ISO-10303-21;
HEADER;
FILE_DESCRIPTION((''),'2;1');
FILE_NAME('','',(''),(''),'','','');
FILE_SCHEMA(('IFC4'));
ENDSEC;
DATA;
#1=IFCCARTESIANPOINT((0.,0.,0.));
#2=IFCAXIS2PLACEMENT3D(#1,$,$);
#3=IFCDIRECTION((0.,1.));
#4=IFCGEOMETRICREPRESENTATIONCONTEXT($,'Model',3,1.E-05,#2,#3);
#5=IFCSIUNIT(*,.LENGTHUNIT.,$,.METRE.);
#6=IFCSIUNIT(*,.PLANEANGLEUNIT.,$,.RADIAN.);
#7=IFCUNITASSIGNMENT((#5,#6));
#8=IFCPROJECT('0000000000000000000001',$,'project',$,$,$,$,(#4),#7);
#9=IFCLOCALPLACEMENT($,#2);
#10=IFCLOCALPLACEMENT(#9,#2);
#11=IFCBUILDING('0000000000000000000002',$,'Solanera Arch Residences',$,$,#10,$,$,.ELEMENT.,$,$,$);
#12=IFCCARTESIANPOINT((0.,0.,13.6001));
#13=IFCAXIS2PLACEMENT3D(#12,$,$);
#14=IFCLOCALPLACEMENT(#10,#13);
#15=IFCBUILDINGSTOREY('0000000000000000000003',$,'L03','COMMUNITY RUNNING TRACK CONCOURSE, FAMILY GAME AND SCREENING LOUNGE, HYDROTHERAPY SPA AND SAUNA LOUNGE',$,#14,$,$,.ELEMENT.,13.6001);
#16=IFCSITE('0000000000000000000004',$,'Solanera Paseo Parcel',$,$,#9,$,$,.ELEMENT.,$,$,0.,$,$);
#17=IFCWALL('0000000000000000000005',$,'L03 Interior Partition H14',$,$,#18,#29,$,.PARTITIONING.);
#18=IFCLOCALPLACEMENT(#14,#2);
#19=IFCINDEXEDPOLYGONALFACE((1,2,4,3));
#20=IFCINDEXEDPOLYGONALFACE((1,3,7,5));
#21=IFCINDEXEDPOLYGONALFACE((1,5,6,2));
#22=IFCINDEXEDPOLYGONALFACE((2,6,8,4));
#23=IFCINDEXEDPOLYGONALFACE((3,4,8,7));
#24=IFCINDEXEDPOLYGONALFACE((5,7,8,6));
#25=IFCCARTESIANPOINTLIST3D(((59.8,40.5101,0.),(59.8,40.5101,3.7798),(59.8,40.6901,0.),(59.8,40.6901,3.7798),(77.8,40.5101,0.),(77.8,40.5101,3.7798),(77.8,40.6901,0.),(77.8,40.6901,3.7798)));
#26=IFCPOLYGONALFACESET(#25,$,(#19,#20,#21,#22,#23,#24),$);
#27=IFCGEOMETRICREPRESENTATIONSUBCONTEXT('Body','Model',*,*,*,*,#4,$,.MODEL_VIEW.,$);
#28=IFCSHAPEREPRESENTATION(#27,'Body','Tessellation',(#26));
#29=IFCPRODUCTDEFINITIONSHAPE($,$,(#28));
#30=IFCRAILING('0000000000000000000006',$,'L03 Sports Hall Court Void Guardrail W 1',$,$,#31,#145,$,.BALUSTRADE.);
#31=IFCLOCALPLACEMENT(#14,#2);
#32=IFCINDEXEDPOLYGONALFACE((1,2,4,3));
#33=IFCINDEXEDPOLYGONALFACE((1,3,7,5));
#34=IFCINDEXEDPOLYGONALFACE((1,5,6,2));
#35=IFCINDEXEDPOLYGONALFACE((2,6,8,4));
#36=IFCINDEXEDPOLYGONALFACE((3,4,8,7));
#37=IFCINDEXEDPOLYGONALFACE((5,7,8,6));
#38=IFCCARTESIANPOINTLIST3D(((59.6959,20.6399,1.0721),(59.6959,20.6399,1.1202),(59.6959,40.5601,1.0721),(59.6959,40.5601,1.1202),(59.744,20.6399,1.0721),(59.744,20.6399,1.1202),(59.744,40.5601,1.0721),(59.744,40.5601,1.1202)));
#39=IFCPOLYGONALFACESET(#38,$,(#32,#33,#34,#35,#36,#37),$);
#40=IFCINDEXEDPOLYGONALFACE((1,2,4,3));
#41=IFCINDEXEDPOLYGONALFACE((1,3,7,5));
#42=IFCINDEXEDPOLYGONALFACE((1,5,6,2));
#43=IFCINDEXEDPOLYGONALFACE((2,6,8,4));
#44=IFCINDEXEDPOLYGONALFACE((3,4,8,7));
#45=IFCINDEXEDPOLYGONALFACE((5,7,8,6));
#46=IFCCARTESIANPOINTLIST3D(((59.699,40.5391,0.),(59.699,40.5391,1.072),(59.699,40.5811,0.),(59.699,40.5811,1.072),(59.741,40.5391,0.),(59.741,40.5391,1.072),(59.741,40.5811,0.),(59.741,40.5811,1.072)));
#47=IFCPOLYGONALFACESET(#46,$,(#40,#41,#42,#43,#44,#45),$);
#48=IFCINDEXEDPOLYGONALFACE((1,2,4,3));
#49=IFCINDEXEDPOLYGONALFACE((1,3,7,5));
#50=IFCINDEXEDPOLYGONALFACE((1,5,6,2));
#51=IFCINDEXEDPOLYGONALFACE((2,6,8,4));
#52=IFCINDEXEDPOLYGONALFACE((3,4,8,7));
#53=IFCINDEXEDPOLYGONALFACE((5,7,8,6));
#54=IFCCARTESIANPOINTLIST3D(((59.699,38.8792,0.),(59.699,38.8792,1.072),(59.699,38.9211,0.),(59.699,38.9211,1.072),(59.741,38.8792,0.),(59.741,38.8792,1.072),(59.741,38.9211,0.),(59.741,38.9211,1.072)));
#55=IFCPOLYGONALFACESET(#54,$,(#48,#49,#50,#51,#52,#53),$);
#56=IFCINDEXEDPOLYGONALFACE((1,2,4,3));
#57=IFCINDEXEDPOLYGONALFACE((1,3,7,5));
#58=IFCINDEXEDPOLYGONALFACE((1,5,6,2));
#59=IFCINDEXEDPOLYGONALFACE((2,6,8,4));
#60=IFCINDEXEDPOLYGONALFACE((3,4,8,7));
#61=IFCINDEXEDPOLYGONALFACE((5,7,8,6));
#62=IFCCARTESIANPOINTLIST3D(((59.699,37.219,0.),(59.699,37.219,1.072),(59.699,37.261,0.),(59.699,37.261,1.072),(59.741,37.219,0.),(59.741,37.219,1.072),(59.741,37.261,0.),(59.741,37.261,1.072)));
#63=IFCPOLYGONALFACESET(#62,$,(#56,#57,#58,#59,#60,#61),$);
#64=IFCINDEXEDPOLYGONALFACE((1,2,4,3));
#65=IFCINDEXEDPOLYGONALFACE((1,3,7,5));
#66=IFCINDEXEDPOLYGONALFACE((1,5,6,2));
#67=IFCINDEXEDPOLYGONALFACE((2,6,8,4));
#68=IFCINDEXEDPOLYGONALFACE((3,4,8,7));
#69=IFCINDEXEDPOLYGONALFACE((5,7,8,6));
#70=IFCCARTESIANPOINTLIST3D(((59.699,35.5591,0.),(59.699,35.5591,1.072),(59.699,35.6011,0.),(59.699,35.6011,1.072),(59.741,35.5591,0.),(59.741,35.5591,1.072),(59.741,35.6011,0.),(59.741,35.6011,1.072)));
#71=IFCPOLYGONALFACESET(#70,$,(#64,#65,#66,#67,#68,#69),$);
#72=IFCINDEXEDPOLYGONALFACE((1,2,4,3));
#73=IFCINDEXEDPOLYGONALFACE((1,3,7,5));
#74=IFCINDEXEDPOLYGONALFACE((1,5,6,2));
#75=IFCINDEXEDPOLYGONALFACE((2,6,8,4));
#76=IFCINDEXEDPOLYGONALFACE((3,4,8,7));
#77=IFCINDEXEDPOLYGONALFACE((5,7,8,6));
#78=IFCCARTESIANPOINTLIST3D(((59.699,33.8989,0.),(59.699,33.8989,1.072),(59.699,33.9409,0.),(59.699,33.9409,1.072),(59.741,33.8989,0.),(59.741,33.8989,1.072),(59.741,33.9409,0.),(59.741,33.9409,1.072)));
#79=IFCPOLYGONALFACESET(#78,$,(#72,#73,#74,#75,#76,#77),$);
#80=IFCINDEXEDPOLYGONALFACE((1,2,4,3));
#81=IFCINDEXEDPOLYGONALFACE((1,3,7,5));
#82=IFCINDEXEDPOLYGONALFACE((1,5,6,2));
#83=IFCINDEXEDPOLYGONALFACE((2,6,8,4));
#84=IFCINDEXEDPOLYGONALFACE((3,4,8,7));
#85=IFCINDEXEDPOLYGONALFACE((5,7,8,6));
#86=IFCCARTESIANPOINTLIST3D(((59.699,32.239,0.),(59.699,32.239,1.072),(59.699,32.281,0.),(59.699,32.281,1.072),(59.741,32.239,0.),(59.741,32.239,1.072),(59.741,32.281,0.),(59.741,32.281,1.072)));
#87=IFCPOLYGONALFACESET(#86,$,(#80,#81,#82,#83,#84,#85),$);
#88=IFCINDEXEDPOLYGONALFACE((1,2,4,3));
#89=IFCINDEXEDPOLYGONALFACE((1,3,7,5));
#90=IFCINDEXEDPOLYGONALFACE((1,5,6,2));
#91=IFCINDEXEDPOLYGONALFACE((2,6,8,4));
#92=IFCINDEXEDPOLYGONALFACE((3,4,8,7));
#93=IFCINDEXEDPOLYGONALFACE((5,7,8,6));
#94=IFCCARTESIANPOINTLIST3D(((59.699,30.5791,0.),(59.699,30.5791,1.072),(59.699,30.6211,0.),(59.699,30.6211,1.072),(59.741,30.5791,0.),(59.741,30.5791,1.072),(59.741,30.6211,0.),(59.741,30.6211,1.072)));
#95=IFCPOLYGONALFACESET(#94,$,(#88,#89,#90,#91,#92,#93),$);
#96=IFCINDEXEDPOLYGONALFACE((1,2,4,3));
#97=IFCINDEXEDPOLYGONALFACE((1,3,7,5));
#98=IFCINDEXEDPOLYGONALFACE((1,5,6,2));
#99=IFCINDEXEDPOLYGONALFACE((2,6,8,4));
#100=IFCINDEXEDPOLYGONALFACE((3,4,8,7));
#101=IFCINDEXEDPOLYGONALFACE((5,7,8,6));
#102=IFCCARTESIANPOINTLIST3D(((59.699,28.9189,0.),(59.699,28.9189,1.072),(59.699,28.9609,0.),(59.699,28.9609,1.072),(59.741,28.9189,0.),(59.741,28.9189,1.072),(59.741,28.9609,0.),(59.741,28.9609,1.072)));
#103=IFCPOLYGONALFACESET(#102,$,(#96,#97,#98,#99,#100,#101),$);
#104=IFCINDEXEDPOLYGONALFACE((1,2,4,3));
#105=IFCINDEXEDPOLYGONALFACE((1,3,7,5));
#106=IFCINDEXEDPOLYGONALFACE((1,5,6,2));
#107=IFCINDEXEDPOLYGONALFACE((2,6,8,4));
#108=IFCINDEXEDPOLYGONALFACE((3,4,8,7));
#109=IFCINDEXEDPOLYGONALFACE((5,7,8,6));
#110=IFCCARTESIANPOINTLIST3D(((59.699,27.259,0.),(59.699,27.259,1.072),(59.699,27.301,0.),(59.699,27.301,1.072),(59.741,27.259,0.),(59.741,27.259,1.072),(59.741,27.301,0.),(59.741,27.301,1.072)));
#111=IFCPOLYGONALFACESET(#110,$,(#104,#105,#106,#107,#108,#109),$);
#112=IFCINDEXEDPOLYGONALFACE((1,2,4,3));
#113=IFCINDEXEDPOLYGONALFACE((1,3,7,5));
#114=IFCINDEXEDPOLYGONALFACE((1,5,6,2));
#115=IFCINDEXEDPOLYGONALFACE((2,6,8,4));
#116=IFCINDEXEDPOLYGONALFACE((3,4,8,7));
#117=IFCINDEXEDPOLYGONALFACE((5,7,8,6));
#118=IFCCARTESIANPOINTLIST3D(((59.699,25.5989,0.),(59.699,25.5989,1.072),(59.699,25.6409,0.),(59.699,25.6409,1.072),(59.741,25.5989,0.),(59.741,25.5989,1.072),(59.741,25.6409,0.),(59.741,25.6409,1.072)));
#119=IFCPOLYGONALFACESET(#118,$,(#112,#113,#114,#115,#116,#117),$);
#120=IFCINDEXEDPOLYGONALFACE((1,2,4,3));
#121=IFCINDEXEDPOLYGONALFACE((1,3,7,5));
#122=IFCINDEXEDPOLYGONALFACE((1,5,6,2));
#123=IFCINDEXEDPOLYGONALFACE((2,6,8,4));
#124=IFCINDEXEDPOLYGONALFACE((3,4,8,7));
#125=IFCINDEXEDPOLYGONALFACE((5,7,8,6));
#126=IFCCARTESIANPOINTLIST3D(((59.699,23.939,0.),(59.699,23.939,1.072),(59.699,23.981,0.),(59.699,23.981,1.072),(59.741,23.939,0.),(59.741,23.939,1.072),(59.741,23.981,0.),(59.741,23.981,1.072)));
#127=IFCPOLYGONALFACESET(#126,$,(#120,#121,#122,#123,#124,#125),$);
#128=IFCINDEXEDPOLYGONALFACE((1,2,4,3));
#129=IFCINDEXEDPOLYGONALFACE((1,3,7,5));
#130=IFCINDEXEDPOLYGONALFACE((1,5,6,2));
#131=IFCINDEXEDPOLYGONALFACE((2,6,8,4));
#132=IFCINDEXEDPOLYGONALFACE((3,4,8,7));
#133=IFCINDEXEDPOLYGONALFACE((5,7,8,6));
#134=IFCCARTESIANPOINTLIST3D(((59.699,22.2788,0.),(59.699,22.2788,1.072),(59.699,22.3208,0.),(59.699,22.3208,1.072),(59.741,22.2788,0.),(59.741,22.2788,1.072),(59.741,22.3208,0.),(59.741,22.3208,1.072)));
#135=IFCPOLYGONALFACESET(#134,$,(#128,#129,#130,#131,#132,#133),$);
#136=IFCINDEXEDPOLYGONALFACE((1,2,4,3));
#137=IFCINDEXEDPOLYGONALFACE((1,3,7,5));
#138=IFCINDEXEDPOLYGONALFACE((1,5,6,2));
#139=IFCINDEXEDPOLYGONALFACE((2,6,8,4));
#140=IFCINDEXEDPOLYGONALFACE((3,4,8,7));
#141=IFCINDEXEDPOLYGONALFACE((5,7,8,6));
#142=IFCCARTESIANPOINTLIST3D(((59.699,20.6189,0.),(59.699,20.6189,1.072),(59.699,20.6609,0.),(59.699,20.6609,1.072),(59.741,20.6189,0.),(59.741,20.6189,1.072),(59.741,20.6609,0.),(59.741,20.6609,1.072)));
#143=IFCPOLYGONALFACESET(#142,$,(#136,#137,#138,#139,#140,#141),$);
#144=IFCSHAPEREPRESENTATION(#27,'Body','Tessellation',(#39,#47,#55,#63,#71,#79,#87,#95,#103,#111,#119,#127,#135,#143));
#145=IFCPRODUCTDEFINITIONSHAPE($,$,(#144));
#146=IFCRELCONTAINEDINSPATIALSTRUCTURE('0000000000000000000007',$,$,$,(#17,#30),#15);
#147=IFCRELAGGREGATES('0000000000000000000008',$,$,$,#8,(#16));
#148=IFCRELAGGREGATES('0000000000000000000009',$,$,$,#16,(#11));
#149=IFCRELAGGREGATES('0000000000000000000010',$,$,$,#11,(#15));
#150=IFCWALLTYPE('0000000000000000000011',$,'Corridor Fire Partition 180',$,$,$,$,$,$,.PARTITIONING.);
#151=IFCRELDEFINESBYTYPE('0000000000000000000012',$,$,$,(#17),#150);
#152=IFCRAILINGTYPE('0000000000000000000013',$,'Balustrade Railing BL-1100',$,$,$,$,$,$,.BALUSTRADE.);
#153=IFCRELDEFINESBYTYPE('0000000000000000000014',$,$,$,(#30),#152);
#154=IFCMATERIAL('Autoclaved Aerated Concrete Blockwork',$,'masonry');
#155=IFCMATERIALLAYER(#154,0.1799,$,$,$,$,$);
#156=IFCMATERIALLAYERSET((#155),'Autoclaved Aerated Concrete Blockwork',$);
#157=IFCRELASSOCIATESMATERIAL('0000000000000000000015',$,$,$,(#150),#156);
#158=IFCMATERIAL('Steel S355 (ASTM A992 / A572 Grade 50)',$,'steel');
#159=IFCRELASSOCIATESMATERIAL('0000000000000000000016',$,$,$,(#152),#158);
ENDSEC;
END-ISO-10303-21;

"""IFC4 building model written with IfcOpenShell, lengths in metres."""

from ifc_helpers import new_model, si_unit, direction, frame, frame_2d, origin, origin_2d, place, context, subcontext, project, spatial, rectangle, extrude, material, layer, layer_set, type_object, element, save


model = new_model("IFC4")

# Units and contexts
model_context = context("Model", 3, precision=1e-05, world=origin(), true_north=direction((0.0, 1.0)))
body_context = subcontext(model_context, "Body", "Model", "MODEL_VIEW")
ifc_project = project(units=[si_unit("LENGTHUNIT", "METRE"), si_unit("PLANEANGLEUNIT", "RADIAN")], contexts=[model_context])

# Site, building, storey
site_placement = place(None, origin())
site = spatial("IfcSite", under=ifc_project, at=site_placement, Name="Solanera Paseo Parcel", CompositionType="ELEMENT", RefElevation=0.0)
building_placement = place(site_placement, origin())
building = spatial("IfcBuilding", under=site, at=building_placement, Name="Solanera Arch Residences", CompositionType="ELEMENT")
storey_placement = place(building_placement, frame((0.0, 0.0, 13.6001)))
storey = spatial("IfcBuildingStorey", under=building, at=storey_placement, Name="L03", Description="COMMUNITY RUNNING TRACK CONCOURSE, FAMILY GAME AND SCREENING LOUNGE, HYDROTHERAPY SPA AND SAUNA LOUNGE", CompositionType="ELEMENT", Elevation=13.6001)

# Wall
ifc_material_1 = material(Name="Autoclaved Aerated Concrete Blockwork", Category="masonry")
ifc_layer_1 = layer(ifc_material_1, 0.1799)
ifc_layer_set_1 = layer_set([ifc_layer_1], Name="Autoclaved Aerated Concrete Blockwork")
wall_type_1 = type_object("IfcWallType", Name="Corridor Fire Partition 180", PredefinedType="PARTITIONING", material=ifc_layer_set_1)
wall_1_placement = place(storey_placement, frame((59.8, 40.6001, 0.0), z_axis=(0.0, 0.0, 1.0), x_axis=(1.0, 0.0, 0.0)))
element("IfcWall", 1, at=wall_1_placement, inside=storey, type_object=wall_type_1, Name="L03 Interior Partition H14", PredefinedType="PARTITIONING", context=body_context, shape_type="SweptSolid", body=[
    extrude(rectangle(XDim=18.0, YDim=0.1799, at=frame_2d((9.0, 0.0))), origin(), (0.0, 0.0, 1.0), 3.7798),
])

# Railing
ifc_material_2 = material(Name="Steel S355 (ASTM A992 / A572 Grade 50)", Category="steel")
railing_type = type_object("IfcRailingType", Name="Balustrade Railing BL-1100", PredefinedType="BALUSTRADE", material=ifc_material_2)
railing_placement = place(storey_placement, frame((59.72, 40.5601, 0.0)))
element("IfcRailing", 2, at=railing_placement, inside=storey, type_object=railing_type, Name="L03 Sports Hall Court Void Guardrail W 1", PredefinedType="BALUSTRADE", context=body_context, shape_type="SweptSolid", body=[
    extrude(rectangle(XDim=0.0481, YDim=0.0481, at=origin_2d()), frame((0.0, 0.0, 1.0962), z_axis=(0.0, -1.0, 0.0), x_axis=(1.0, 0.0, 0.0)), (0.0, 0.0, 1.0), 19.9202),
    extrude(rectangle(XDim=0.042, YDim=0.042, at=origin_2d()), origin(), (0.0, 0.0, 1.0), 1.072),
    extrude(rectangle(XDim=0.042, YDim=0.042, at=origin_2d()), frame((0.0, -1.6599, 0.0)), (0.0, 0.0, 1.0), 1.072),
    extrude(rectangle(XDim=0.042, YDim=0.042, at=origin_2d()), frame((0.0, -3.3201, 0.0)), (0.0, 0.0, 1.0), 1.072),
    extrude(rectangle(XDim=0.042, YDim=0.042, at=origin_2d()), frame((0.0, -4.98, 0.0)), (0.0, 0.0, 1.0), 1.072),
    extrude(rectangle(XDim=0.042, YDim=0.042, at=origin_2d()), frame((0.0, -6.6401, 0.0)), (0.0, 0.0, 1.0), 1.072),
    extrude(rectangle(XDim=0.042, YDim=0.042, at=origin_2d()), frame((0.0, -8.3, 0.0)), (0.0, 0.0, 1.0), 1.072),
    extrude(rectangle(XDim=0.042, YDim=0.042, at=origin_2d()), frame((0.0, -9.96, 0.0)), (0.0, 0.0, 1.0), 1.072),
    extrude(rectangle(XDim=0.042, YDim=0.042, at=origin_2d()), frame((0.0, -11.6201, 0.0)), (0.0, 0.0, 1.0), 1.072),
    extrude(rectangle(XDim=0.042, YDim=0.042, at=origin_2d()), frame((0.0, -13.28, 0.0)), (0.0, 0.0, 1.0), 1.072),
    extrude(rectangle(XDim=0.042, YDim=0.042, at=origin_2d()), frame((0.0, -14.9402, 0.0)), (0.0, 0.0, 1.0), 1.072),
    extrude(rectangle(XDim=0.042, YDim=0.042, at=origin_2d()), frame((0.0, -16.6001, 0.0)), (0.0, 0.0, 1.0), 1.072),
    extrude(rectangle(XDim=0.042, YDim=0.042, at=origin_2d()), frame((0.0, -18.2603, 0.0)), (0.0, 0.0, 1.0), 1.072),
    extrude(rectangle(XDim=0.042, YDim=0.042, at=origin_2d()), frame((0.0, -19.9202, 0.0)), (0.0, 0.0, 1.0), 1.072),
])

save(model, "model.ifc")
